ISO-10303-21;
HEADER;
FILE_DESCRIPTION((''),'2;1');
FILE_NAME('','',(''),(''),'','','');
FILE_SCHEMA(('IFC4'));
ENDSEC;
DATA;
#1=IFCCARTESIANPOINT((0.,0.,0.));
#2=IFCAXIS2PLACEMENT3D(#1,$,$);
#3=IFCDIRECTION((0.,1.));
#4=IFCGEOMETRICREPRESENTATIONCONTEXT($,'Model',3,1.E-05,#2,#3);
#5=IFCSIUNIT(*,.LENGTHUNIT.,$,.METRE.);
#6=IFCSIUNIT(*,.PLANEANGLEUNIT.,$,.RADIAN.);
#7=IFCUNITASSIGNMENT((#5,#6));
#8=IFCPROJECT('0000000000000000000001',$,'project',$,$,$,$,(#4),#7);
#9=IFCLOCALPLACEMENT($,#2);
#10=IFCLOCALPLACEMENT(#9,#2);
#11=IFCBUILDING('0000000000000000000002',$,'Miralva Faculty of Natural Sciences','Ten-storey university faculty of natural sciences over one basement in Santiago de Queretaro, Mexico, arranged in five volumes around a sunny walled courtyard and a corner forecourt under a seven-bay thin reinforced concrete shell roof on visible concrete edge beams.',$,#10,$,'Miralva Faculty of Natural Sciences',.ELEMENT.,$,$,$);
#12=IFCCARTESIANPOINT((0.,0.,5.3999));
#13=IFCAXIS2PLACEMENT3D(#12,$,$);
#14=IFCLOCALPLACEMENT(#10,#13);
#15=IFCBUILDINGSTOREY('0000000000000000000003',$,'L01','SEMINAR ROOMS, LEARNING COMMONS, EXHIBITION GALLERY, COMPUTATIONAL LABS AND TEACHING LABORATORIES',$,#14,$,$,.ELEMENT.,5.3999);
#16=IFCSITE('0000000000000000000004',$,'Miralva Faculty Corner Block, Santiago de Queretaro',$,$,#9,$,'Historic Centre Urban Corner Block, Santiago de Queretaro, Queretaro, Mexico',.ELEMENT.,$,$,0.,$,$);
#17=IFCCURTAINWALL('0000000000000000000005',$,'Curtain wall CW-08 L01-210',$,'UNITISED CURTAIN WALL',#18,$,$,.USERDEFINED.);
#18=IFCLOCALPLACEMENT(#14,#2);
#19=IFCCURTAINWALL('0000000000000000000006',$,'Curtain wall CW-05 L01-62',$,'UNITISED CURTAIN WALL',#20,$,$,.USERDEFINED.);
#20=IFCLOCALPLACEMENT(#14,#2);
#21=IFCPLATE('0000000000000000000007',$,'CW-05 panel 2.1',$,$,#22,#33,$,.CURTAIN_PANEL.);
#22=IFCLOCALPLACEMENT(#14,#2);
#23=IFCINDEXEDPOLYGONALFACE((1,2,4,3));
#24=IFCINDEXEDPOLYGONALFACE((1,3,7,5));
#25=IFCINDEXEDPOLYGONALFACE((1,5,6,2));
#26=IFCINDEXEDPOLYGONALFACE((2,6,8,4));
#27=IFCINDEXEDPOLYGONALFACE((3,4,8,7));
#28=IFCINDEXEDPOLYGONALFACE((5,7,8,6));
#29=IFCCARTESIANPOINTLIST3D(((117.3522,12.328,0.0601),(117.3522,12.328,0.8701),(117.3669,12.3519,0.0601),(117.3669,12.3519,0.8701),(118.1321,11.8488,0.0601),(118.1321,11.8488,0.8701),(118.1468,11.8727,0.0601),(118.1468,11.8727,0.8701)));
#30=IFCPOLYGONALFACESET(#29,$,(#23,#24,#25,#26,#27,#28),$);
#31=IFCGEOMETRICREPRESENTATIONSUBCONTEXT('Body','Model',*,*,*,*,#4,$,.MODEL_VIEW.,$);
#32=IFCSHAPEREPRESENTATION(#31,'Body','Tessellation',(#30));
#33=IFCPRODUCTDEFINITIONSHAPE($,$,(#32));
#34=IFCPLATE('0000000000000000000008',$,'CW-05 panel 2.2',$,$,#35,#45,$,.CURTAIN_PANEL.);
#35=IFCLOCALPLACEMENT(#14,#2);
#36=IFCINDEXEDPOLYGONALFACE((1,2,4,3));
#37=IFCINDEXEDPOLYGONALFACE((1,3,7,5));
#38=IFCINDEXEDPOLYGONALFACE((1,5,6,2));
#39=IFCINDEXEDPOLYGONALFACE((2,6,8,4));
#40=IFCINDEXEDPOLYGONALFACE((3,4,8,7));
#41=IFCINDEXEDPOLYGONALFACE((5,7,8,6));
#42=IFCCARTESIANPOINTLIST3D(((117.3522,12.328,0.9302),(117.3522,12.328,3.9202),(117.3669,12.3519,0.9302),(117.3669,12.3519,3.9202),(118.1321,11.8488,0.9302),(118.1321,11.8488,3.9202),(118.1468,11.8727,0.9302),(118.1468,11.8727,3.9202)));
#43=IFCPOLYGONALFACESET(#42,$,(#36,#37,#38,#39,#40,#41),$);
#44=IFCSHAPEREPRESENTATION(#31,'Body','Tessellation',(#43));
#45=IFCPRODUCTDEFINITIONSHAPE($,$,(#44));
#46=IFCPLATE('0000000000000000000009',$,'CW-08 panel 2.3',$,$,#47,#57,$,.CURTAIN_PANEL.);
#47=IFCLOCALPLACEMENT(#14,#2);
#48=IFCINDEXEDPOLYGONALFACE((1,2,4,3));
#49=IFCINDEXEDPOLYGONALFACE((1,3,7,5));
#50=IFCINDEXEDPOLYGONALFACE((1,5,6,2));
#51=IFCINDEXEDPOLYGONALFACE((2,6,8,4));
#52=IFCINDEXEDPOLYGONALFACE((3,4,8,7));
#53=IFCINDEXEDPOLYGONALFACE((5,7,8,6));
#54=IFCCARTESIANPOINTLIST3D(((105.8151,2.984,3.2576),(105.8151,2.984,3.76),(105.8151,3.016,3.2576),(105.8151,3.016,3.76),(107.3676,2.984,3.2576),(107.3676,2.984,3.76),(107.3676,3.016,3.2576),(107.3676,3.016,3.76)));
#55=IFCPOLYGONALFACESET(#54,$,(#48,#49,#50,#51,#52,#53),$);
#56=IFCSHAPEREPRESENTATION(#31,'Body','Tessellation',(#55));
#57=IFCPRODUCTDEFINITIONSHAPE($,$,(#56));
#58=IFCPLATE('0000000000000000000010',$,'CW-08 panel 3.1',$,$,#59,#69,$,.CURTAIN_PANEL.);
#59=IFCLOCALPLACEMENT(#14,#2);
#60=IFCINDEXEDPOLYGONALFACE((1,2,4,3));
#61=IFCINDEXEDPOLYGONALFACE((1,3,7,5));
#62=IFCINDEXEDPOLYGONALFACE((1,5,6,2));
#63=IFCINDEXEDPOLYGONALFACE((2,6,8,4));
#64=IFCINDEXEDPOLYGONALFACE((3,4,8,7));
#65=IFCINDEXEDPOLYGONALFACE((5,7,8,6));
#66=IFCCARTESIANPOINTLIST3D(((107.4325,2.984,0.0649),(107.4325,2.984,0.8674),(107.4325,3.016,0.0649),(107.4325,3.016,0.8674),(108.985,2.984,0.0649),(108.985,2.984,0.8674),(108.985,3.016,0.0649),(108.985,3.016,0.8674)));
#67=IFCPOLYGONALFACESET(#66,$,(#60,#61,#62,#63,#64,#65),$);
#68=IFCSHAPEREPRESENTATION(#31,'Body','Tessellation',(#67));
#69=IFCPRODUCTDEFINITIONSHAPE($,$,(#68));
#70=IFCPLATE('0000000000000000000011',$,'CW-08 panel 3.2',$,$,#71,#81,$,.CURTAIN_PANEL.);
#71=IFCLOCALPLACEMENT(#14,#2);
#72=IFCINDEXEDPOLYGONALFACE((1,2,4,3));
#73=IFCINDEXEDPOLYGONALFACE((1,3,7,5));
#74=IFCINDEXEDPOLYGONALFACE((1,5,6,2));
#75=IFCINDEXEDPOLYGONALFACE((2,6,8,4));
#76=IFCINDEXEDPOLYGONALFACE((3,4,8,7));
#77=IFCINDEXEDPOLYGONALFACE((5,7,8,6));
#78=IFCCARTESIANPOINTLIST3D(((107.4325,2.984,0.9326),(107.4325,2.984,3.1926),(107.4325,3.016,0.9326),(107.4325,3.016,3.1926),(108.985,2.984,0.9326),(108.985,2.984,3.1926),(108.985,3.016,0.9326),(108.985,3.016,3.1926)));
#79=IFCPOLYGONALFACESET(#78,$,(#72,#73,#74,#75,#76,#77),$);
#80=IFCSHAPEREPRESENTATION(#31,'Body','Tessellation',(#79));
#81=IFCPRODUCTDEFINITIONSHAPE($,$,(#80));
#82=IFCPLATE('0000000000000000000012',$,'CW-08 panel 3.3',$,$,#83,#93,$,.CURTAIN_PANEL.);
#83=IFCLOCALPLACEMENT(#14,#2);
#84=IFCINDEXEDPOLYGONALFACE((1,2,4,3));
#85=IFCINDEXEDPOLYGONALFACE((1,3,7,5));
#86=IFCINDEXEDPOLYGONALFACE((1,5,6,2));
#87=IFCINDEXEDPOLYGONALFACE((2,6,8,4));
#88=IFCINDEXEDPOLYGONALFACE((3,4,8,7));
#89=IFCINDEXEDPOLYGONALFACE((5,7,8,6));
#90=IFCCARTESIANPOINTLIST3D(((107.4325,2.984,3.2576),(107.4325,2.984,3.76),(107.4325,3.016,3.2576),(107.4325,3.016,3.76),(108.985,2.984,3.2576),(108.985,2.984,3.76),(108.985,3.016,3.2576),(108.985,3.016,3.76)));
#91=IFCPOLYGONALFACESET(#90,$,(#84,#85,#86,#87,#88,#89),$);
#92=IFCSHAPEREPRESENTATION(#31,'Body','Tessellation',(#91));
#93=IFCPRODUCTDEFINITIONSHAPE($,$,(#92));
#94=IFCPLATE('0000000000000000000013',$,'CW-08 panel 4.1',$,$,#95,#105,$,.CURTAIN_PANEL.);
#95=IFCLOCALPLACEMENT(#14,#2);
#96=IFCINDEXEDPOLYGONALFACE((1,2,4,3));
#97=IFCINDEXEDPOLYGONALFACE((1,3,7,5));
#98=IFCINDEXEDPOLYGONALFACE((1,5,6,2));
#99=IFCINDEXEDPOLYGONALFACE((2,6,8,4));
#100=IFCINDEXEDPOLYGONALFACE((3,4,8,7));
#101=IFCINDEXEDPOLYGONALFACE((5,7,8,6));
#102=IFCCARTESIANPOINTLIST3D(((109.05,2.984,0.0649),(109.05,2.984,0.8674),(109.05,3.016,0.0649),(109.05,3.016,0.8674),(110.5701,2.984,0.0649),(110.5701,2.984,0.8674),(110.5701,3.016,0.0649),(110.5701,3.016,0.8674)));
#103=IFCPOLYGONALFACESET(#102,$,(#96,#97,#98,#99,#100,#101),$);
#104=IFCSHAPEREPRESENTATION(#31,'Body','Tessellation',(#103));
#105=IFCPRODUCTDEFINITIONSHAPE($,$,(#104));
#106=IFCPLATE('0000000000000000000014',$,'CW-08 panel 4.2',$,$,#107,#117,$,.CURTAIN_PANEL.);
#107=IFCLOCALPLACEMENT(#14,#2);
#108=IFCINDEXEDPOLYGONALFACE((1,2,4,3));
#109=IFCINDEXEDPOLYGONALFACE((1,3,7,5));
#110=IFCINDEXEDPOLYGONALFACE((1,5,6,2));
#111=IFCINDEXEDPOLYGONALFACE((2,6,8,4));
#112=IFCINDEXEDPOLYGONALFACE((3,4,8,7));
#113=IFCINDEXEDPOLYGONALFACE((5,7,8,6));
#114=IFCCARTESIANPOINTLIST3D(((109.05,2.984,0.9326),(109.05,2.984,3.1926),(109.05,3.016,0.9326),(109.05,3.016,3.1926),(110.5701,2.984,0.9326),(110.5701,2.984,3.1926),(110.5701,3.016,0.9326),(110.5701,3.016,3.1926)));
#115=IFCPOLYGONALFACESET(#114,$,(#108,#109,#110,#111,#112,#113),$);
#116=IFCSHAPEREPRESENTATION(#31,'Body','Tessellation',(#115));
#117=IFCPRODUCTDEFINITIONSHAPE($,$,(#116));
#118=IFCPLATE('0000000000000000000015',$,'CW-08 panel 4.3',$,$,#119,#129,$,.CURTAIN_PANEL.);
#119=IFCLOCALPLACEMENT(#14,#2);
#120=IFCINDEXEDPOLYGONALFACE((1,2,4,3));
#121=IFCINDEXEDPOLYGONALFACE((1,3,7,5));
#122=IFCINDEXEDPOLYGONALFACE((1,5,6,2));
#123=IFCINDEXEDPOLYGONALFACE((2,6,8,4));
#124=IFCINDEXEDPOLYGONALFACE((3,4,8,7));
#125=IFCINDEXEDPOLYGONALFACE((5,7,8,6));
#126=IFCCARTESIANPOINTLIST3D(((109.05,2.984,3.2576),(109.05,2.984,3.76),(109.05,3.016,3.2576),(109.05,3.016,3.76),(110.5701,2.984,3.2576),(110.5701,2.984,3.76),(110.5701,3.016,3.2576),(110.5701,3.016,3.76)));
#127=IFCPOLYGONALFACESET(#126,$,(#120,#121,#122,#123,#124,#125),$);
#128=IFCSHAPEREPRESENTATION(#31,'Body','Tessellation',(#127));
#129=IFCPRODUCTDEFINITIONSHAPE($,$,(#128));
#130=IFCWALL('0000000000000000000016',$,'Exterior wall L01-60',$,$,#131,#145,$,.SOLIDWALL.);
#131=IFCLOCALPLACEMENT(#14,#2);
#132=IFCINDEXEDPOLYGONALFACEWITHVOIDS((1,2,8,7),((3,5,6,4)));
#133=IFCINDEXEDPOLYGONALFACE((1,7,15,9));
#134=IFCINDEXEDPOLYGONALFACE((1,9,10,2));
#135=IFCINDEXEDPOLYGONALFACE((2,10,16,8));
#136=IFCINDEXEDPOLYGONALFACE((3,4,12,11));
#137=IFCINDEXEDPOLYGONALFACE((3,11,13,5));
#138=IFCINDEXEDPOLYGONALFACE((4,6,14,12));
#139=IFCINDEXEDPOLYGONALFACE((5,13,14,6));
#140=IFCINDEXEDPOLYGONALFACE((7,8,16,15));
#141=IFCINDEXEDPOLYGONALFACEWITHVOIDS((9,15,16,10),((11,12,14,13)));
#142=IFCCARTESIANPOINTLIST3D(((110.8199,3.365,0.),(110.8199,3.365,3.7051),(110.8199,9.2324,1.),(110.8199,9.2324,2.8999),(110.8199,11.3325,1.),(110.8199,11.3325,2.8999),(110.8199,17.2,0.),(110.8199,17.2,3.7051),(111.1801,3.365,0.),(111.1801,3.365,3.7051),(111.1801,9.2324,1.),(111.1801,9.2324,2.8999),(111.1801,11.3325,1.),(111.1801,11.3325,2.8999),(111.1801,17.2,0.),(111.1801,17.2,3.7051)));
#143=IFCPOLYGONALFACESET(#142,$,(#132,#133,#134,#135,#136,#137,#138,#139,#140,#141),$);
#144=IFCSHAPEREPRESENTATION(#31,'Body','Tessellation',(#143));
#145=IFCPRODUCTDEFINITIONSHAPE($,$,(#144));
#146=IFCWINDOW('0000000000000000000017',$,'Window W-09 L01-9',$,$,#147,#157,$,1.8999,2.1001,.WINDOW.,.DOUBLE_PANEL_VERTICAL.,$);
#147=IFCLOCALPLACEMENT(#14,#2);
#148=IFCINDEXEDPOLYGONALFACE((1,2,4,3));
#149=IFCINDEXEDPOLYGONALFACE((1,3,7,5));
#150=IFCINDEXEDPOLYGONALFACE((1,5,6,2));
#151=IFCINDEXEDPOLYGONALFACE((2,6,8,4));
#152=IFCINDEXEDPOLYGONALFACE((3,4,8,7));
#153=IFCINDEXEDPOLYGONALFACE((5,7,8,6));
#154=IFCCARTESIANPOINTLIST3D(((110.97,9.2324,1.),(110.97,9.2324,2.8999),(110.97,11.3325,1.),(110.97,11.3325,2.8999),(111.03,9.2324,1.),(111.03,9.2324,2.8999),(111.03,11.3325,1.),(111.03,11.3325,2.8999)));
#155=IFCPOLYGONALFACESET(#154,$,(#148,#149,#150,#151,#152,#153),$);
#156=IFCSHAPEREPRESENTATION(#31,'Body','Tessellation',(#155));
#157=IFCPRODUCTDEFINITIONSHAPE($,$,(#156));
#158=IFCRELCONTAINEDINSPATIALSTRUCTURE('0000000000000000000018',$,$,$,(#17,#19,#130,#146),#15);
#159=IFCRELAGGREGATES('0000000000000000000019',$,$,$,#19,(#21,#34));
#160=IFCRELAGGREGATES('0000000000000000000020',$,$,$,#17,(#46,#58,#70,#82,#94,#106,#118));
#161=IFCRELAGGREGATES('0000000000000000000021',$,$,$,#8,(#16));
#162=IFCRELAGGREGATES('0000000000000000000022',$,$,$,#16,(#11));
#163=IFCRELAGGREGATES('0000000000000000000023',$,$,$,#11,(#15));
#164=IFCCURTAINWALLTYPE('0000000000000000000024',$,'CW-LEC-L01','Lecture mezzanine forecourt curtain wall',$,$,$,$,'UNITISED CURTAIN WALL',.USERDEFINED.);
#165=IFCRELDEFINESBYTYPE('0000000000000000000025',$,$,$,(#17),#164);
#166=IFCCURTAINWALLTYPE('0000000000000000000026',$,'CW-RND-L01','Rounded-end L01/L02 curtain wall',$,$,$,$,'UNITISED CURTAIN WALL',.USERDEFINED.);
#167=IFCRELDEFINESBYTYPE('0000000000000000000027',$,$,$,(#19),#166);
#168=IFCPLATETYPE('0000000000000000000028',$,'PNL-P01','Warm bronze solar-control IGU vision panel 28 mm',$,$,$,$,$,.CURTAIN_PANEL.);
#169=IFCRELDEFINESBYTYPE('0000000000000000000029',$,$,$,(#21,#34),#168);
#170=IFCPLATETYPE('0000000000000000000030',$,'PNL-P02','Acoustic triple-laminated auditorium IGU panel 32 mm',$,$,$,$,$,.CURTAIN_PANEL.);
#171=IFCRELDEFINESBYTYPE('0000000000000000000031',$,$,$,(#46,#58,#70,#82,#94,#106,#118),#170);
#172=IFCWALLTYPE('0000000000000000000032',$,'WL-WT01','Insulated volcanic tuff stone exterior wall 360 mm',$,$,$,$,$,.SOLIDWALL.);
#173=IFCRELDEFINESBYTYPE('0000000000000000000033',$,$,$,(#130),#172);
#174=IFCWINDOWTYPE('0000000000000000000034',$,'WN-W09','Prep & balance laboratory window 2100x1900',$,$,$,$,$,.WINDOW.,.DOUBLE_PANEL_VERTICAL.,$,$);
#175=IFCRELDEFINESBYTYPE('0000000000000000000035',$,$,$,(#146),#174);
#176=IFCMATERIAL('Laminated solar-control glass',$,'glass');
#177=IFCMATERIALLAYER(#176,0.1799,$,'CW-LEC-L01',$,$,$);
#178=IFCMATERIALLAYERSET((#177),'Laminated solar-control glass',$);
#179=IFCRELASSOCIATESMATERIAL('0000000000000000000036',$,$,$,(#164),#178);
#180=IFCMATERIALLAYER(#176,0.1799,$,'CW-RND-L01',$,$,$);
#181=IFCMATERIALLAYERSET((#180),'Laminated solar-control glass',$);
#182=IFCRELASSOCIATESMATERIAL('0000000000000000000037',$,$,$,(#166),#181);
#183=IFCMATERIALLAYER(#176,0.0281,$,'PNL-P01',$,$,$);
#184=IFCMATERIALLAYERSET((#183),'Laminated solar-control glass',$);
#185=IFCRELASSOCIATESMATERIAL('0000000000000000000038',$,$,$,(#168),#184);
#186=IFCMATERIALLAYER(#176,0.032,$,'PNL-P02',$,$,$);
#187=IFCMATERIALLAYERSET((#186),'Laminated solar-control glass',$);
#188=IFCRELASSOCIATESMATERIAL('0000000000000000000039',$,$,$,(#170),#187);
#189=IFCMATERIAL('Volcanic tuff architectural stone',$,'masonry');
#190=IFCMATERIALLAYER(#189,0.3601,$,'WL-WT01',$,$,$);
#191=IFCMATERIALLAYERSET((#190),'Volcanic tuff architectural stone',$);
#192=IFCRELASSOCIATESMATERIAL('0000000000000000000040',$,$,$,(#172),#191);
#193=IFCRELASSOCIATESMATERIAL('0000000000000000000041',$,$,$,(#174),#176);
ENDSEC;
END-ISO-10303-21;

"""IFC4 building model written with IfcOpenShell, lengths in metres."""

from ifc_helpers import new_model, si_unit, direction, frame, frame_2d, origin, origin_2d, place, context, subcontext, project, spatial, rectangle, extrude, material, layer, layer_set, type_object, element, fill, aggregate, save


model = new_model("IFC4")

# Units and contexts
model_context = context("Model", 3, precision=1e-05, world=origin(), true_north=direction((0.0, 1.0)))
body_context = subcontext(model_context, "Body", "Model", "MODEL_VIEW")
ifc_project = project(units=[si_unit("LENGTHUNIT", "METRE"), si_unit("PLANEANGLEUNIT", "RADIAN")], contexts=[model_context])

# Site, building, storey
site_placement = place(None, origin())
site = spatial("IfcSite", under=ifc_project, at=site_placement, Name="Miralva Faculty Corner Block, Santiago de Queretaro", LongName="Historic Centre Urban Corner Block, Santiago de Queretaro, Queretaro, Mexico", CompositionType="ELEMENT", RefElevation=0.0)
building_placement = place(site_placement, origin())
building = spatial("IfcBuilding", under=site, at=building_placement, Name="Miralva Faculty of Natural Sciences", Description="Ten-storey university faculty of natural sciences over one basement in Santiago de Queretaro, Mexico, arranged in five volumes around a sunny walled courtyard and a corner forecourt under a seven-bay thin reinforced concrete shell roof on visible concrete edge beams.", LongName="Miralva Faculty of Natural Sciences", CompositionType="ELEMENT")
storey_placement = place(building_placement, frame((0.0, 0.0, 5.3999)))
storey = spatial("IfcBuildingStorey", under=building, at=storey_placement, Name="L01", Description="SEMINAR ROOMS, LEARNING COMMONS, EXHIBITION GALLERY, COMPUTATIONAL LABS AND TEACHING LABORATORIES", CompositionType="ELEMENT", Elevation=5.3999)

# Curtain wall
ifc_material_1 = material(Name="Laminated solar-control glass", Category="glass")
ifc_layer_1 = layer(ifc_material_1, 0.1799, Name="CW-LEC-L01")
ifc_layer_set_1 = layer_set([ifc_layer_1], Name="Laminated solar-control glass")
curtain_wall_type_1 = type_object("IfcCurtainWallType", Name="CW-LEC-L01", Description="Lecture mezzanine forecourt curtain wall", ElementType="UNITISED CURTAIN WALL", PredefinedType="USERDEFINED", material=ifc_layer_set_1)
curtain_wall_1_placement = place(storey_placement, origin())
curtain_wall_1 = element("IfcCurtainWall", 1, at=curtain_wall_1_placement, inside=storey, type_object=curtain_wall_type_1, Name="Curtain wall CW-08 L01-210", ObjectType="UNITISED CURTAIN WALL", PredefinedType="USERDEFINED")
ifc_layer_2 = layer(ifc_material_1, 0.1799, Name="CW-RND-L01")
ifc_layer_set_2 = layer_set([ifc_layer_2], Name="Laminated solar-control glass")
curtain_wall_type_2 = type_object("IfcCurtainWallType", Name="CW-RND-L01", Description="Rounded-end L01/L02 curtain wall", ElementType="UNITISED CURTAIN WALL", PredefinedType="USERDEFINED", material=ifc_layer_set_2)

# Curtain wall
curtain_wall_2_placement = place(storey_placement, origin())
curtain_wall_2 = element("IfcCurtainWall", 2, at=curtain_wall_2_placement, inside=storey, type_object=curtain_wall_type_2, Name="Curtain wall CW-05 L01-62", ObjectType="UNITISED CURTAIN WALL", PredefinedType="USERDEFINED")

# Plates
ifc_layer_3 = layer(ifc_material_1, 0.0281, Name="PNL-P01")
ifc_layer_set_3 = layer_set([ifc_layer_3], Name="Laminated solar-control glass")
plate_type_1 = type_object("IfcPlateType", Name="PNL-P01", Description="Warm bronze solar-control IGU vision panel 28 mm", PredefinedType="CURTAIN_PANEL", material=ifc_layer_set_3)
plate_1_placement = place(storey_placement, frame((117.7495, 12.1003, 0.0601), z_axis=(0.0, 0.0, 1.0), x_axis=(0.852004, -0.523535, 0.0)))
plate_1 = element("IfcPlate", 3, at=plate_1_placement, type_object=plate_type_1, Name="CW-05 panel 2.1", PredefinedType="CURTAIN_PANEL", context=body_context, shape_type="SweptSolid", body=[
    extrude(rectangle(XDim=0.9153, YDim=0.0281, at=origin_2d()), origin(), (0.0, 0.0, 1.0), 0.8101),
])
plate_2_placement = place(storey_placement, frame((117.7495, 12.1003, 0.9302), z_axis=(0.0, 0.0, 1.0), x_axis=(0.852004, -0.523535, 0.0)))
plate_2 = element("IfcPlate", 4, at=plate_2_placement, type_object=plate_type_1, Name="CW-05 panel 2.2", PredefinedType="CURTAIN_PANEL", context=body_context, shape_type="SweptSolid", body=[
    extrude(rectangle(XDim=0.9153, YDim=0.0281, at=origin_2d()), origin(), (0.0, 0.0, 1.0), 2.99),
])
aggregate(curtain_wall_2, [plate_1, plate_2])
ifc_layer_4 = layer(ifc_material_1, 0.032, Name="PNL-P02")
ifc_layer_set_4 = layer_set([ifc_layer_4], Name="Laminated solar-control glass")
plate_type_2 = type_object("IfcPlateType", Name="PNL-P02", Description="Acoustic triple-laminated auditorium IGU panel 32 mm", PredefinedType="CURTAIN_PANEL", material=ifc_layer_set_4)
plate_3_placement = place(storey_placement, frame((106.5913, 3.0, 3.2576), z_axis=(0.0, 0.0, 1.0), x_axis=(1.0, 0.0, 0.0)))
plate_3 = element("IfcPlate", 5, at=plate_3_placement, type_object=plate_type_2, Name="CW-08 panel 2.3", PredefinedType="CURTAIN_PANEL", context=body_context, shape_type="SweptSolid", body=[
    extrude(rectangle(XDim=1.5525, YDim=0.032, at=origin_2d()), origin(), (0.0, 0.0, 1.0), 0.5024),
])
plate_4_placement = place(storey_placement, frame((108.2087, 3.0, 0.0649), z_axis=(0.0, 0.0, 1.0), x_axis=(1.0, 0.0, 0.0)))
plate_4 = element("IfcPlate", 6, at=plate_4_placement, type_object=plate_type_2, Name="CW-08 panel 3.1", PredefinedType="CURTAIN_PANEL", context=body_context, shape_type="SweptSolid", body=[
    extrude(rectangle(XDim=1.5525, YDim=0.032, at=origin_2d()), origin(), (0.0, 0.0, 1.0), 0.8025),
])
plate_5_placement = place(storey_placement, frame((108.2087, 3.0, 0.9326), z_axis=(0.0, 0.0, 1.0), x_axis=(1.0, 0.0, 0.0)))
plate_5 = element("IfcPlate", 7, at=plate_5_placement, type_object=plate_type_2, Name="CW-08 panel 3.2", PredefinedType="CURTAIN_PANEL", context=body_context, shape_type="SweptSolid", body=[
    extrude(rectangle(XDim=1.5525, YDim=0.032, at=origin_2d()), origin(), (0.0, 0.0, 1.0), 2.26),
])
plate_6_placement = place(storey_placement, frame((108.2087, 3.0, 3.2576), z_axis=(0.0, 0.0, 1.0), x_axis=(1.0, 0.0, 0.0)))
plate_6 = element("IfcPlate", 8, at=plate_6_placement, type_object=plate_type_2, Name="CW-08 panel 3.3", PredefinedType="CURTAIN_PANEL", context=body_context, shape_type="SweptSolid", body=[
    extrude(rectangle(XDim=1.5525, YDim=0.032, at=origin_2d()), origin(), (0.0, 0.0, 1.0), 0.5024),
])
plate_7_placement = place(storey_placement, frame((109.8101, 3.0, 0.0649), z_axis=(0.0, 0.0, 1.0), x_axis=(1.0, 0.0, 0.0)))
plate_7 = element("IfcPlate", 9, at=plate_7_placement, type_object=plate_type_2, Name="CW-08 panel 4.1", PredefinedType="CURTAIN_PANEL", context=body_context, shape_type="SweptSolid", body=[
    extrude(rectangle(XDim=1.52, YDim=0.032, at=origin_2d()), origin(), (0.0, 0.0, 1.0), 0.8025),
])
plate_8_placement = place(storey_placement, frame((109.8101, 3.0, 0.9326), z_axis=(0.0, 0.0, 1.0), x_axis=(1.0, 0.0, 0.0)))
plate_8 = element("IfcPlate", 10, at=plate_8_placement, type_object=plate_type_2, Name="CW-08 panel 4.2", PredefinedType="CURTAIN_PANEL", context=body_context, shape_type="SweptSolid", body=[
    extrude(rectangle(XDim=1.52, YDim=0.032, at=origin_2d()), origin(), (0.0, 0.0, 1.0), 2.26),
])
plate_9_placement = place(storey_placement, frame((109.8101, 3.0, 3.2576), z_axis=(0.0, 0.0, 1.0), x_axis=(1.0, 0.0, 0.0)))
plate_9 = element("IfcPlate", 11, at=plate_9_placement, type_object=plate_type_2, Name="CW-08 panel 4.3", PredefinedType="CURTAIN_PANEL", context=body_context, shape_type="SweptSolid", body=[
    extrude(rectangle(XDim=1.52, YDim=0.032, at=origin_2d()), origin(), (0.0, 0.0, 1.0), 0.5024),
])
aggregate(curtain_wall_1, [plate_3, plate_4, plate_5, plate_6, plate_7, plate_8, plate_9])

# Wall, opening, window
ifc_material_2 = material(Name="Volcanic tuff architectural stone", Category="masonry")
ifc_layer_5 = layer(ifc_material_2, 0.3601, Name="WL-WT01")
ifc_layer_set_5 = layer_set([ifc_layer_5], Name="Volcanic tuff architectural stone")
wall_type = type_object("IfcWallType", Name="WL-WT01", Description="Insulated volcanic tuff stone exterior wall 360 mm", PredefinedType="SOLIDWALL", material=ifc_layer_set_5)
wall_placement = place(storey_placement, frame((111.0, 3.365, 0.0), z_axis=(0.0, 0.0, 1.0), x_axis=(0.0, 1.0, 0.0)))
wall = element("IfcWall", 12, at=wall_placement, inside=storey, type_object=wall_type, Name="Exterior wall L01-60", PredefinedType="SOLIDWALL", context=body_context, shape_type="SweptSolid", body=[
    extrude(rectangle(XDim=13.835, YDim=0.3601, at=frame_2d((6.9175, 0.0))), origin(), (0.0, 0.0, 1.0), 3.7051),
])
opening_placement = place(wall_placement, frame((5.8674, 0.0, 1.0)))
opening = element("IfcOpeningElement", 13, at=opening_placement, cuts=wall, PredefinedType="OPENING", context=body_context, shape_type="SweptSolid", body=[
    extrude(rectangle(XDim=2.1001, YDim=1.8999, at=frame_2d((1.05, 0.95))), frame((0.0, 0.1899, 0.0), z_axis=(0.0, -1.0, 0.0), x_axis=(1.0, 0.0, 0.0)), (0.0, 0.0, 1.0), 0.3801),
])
window_type = type_object("IfcWindowType", Name="WN-W09", Description="Prep & balance laboratory window 2100x1900", PartitioningType="DOUBLE_PANEL_VERTICAL", PredefinedType="WINDOW", material=ifc_material_1)
window_placement = place(opening_placement, frame((2.1001, 0.0, 0.0), z_axis=(0.0, 0.0, 1.0), x_axis=(-1.0, 0.0, 0.0)))
window = element("IfcWindow", 14, at=window_placement, inside=storey, type_object=window_type, Name="Window W-09 L01-9", OverallHeight=1.8999, OverallWidth=2.1001, PartitioningType="DOUBLE_PANEL_VERTICAL", PredefinedType="WINDOW", context=body_context, shape_type="SweptSolid", body=[
    extrude(rectangle(XDim=2.1001, YDim=1.8999, at=frame_2d((1.05, 0.95))), frame((0.0, 0.03, 0.0), z_axis=(0.0, -1.0, 0.0), x_axis=(1.0, 0.0, 0.0)), (0.0, 0.0, 1.0), 0.0601),
])
fill(opening, window)

save(model, "model.ifc")
